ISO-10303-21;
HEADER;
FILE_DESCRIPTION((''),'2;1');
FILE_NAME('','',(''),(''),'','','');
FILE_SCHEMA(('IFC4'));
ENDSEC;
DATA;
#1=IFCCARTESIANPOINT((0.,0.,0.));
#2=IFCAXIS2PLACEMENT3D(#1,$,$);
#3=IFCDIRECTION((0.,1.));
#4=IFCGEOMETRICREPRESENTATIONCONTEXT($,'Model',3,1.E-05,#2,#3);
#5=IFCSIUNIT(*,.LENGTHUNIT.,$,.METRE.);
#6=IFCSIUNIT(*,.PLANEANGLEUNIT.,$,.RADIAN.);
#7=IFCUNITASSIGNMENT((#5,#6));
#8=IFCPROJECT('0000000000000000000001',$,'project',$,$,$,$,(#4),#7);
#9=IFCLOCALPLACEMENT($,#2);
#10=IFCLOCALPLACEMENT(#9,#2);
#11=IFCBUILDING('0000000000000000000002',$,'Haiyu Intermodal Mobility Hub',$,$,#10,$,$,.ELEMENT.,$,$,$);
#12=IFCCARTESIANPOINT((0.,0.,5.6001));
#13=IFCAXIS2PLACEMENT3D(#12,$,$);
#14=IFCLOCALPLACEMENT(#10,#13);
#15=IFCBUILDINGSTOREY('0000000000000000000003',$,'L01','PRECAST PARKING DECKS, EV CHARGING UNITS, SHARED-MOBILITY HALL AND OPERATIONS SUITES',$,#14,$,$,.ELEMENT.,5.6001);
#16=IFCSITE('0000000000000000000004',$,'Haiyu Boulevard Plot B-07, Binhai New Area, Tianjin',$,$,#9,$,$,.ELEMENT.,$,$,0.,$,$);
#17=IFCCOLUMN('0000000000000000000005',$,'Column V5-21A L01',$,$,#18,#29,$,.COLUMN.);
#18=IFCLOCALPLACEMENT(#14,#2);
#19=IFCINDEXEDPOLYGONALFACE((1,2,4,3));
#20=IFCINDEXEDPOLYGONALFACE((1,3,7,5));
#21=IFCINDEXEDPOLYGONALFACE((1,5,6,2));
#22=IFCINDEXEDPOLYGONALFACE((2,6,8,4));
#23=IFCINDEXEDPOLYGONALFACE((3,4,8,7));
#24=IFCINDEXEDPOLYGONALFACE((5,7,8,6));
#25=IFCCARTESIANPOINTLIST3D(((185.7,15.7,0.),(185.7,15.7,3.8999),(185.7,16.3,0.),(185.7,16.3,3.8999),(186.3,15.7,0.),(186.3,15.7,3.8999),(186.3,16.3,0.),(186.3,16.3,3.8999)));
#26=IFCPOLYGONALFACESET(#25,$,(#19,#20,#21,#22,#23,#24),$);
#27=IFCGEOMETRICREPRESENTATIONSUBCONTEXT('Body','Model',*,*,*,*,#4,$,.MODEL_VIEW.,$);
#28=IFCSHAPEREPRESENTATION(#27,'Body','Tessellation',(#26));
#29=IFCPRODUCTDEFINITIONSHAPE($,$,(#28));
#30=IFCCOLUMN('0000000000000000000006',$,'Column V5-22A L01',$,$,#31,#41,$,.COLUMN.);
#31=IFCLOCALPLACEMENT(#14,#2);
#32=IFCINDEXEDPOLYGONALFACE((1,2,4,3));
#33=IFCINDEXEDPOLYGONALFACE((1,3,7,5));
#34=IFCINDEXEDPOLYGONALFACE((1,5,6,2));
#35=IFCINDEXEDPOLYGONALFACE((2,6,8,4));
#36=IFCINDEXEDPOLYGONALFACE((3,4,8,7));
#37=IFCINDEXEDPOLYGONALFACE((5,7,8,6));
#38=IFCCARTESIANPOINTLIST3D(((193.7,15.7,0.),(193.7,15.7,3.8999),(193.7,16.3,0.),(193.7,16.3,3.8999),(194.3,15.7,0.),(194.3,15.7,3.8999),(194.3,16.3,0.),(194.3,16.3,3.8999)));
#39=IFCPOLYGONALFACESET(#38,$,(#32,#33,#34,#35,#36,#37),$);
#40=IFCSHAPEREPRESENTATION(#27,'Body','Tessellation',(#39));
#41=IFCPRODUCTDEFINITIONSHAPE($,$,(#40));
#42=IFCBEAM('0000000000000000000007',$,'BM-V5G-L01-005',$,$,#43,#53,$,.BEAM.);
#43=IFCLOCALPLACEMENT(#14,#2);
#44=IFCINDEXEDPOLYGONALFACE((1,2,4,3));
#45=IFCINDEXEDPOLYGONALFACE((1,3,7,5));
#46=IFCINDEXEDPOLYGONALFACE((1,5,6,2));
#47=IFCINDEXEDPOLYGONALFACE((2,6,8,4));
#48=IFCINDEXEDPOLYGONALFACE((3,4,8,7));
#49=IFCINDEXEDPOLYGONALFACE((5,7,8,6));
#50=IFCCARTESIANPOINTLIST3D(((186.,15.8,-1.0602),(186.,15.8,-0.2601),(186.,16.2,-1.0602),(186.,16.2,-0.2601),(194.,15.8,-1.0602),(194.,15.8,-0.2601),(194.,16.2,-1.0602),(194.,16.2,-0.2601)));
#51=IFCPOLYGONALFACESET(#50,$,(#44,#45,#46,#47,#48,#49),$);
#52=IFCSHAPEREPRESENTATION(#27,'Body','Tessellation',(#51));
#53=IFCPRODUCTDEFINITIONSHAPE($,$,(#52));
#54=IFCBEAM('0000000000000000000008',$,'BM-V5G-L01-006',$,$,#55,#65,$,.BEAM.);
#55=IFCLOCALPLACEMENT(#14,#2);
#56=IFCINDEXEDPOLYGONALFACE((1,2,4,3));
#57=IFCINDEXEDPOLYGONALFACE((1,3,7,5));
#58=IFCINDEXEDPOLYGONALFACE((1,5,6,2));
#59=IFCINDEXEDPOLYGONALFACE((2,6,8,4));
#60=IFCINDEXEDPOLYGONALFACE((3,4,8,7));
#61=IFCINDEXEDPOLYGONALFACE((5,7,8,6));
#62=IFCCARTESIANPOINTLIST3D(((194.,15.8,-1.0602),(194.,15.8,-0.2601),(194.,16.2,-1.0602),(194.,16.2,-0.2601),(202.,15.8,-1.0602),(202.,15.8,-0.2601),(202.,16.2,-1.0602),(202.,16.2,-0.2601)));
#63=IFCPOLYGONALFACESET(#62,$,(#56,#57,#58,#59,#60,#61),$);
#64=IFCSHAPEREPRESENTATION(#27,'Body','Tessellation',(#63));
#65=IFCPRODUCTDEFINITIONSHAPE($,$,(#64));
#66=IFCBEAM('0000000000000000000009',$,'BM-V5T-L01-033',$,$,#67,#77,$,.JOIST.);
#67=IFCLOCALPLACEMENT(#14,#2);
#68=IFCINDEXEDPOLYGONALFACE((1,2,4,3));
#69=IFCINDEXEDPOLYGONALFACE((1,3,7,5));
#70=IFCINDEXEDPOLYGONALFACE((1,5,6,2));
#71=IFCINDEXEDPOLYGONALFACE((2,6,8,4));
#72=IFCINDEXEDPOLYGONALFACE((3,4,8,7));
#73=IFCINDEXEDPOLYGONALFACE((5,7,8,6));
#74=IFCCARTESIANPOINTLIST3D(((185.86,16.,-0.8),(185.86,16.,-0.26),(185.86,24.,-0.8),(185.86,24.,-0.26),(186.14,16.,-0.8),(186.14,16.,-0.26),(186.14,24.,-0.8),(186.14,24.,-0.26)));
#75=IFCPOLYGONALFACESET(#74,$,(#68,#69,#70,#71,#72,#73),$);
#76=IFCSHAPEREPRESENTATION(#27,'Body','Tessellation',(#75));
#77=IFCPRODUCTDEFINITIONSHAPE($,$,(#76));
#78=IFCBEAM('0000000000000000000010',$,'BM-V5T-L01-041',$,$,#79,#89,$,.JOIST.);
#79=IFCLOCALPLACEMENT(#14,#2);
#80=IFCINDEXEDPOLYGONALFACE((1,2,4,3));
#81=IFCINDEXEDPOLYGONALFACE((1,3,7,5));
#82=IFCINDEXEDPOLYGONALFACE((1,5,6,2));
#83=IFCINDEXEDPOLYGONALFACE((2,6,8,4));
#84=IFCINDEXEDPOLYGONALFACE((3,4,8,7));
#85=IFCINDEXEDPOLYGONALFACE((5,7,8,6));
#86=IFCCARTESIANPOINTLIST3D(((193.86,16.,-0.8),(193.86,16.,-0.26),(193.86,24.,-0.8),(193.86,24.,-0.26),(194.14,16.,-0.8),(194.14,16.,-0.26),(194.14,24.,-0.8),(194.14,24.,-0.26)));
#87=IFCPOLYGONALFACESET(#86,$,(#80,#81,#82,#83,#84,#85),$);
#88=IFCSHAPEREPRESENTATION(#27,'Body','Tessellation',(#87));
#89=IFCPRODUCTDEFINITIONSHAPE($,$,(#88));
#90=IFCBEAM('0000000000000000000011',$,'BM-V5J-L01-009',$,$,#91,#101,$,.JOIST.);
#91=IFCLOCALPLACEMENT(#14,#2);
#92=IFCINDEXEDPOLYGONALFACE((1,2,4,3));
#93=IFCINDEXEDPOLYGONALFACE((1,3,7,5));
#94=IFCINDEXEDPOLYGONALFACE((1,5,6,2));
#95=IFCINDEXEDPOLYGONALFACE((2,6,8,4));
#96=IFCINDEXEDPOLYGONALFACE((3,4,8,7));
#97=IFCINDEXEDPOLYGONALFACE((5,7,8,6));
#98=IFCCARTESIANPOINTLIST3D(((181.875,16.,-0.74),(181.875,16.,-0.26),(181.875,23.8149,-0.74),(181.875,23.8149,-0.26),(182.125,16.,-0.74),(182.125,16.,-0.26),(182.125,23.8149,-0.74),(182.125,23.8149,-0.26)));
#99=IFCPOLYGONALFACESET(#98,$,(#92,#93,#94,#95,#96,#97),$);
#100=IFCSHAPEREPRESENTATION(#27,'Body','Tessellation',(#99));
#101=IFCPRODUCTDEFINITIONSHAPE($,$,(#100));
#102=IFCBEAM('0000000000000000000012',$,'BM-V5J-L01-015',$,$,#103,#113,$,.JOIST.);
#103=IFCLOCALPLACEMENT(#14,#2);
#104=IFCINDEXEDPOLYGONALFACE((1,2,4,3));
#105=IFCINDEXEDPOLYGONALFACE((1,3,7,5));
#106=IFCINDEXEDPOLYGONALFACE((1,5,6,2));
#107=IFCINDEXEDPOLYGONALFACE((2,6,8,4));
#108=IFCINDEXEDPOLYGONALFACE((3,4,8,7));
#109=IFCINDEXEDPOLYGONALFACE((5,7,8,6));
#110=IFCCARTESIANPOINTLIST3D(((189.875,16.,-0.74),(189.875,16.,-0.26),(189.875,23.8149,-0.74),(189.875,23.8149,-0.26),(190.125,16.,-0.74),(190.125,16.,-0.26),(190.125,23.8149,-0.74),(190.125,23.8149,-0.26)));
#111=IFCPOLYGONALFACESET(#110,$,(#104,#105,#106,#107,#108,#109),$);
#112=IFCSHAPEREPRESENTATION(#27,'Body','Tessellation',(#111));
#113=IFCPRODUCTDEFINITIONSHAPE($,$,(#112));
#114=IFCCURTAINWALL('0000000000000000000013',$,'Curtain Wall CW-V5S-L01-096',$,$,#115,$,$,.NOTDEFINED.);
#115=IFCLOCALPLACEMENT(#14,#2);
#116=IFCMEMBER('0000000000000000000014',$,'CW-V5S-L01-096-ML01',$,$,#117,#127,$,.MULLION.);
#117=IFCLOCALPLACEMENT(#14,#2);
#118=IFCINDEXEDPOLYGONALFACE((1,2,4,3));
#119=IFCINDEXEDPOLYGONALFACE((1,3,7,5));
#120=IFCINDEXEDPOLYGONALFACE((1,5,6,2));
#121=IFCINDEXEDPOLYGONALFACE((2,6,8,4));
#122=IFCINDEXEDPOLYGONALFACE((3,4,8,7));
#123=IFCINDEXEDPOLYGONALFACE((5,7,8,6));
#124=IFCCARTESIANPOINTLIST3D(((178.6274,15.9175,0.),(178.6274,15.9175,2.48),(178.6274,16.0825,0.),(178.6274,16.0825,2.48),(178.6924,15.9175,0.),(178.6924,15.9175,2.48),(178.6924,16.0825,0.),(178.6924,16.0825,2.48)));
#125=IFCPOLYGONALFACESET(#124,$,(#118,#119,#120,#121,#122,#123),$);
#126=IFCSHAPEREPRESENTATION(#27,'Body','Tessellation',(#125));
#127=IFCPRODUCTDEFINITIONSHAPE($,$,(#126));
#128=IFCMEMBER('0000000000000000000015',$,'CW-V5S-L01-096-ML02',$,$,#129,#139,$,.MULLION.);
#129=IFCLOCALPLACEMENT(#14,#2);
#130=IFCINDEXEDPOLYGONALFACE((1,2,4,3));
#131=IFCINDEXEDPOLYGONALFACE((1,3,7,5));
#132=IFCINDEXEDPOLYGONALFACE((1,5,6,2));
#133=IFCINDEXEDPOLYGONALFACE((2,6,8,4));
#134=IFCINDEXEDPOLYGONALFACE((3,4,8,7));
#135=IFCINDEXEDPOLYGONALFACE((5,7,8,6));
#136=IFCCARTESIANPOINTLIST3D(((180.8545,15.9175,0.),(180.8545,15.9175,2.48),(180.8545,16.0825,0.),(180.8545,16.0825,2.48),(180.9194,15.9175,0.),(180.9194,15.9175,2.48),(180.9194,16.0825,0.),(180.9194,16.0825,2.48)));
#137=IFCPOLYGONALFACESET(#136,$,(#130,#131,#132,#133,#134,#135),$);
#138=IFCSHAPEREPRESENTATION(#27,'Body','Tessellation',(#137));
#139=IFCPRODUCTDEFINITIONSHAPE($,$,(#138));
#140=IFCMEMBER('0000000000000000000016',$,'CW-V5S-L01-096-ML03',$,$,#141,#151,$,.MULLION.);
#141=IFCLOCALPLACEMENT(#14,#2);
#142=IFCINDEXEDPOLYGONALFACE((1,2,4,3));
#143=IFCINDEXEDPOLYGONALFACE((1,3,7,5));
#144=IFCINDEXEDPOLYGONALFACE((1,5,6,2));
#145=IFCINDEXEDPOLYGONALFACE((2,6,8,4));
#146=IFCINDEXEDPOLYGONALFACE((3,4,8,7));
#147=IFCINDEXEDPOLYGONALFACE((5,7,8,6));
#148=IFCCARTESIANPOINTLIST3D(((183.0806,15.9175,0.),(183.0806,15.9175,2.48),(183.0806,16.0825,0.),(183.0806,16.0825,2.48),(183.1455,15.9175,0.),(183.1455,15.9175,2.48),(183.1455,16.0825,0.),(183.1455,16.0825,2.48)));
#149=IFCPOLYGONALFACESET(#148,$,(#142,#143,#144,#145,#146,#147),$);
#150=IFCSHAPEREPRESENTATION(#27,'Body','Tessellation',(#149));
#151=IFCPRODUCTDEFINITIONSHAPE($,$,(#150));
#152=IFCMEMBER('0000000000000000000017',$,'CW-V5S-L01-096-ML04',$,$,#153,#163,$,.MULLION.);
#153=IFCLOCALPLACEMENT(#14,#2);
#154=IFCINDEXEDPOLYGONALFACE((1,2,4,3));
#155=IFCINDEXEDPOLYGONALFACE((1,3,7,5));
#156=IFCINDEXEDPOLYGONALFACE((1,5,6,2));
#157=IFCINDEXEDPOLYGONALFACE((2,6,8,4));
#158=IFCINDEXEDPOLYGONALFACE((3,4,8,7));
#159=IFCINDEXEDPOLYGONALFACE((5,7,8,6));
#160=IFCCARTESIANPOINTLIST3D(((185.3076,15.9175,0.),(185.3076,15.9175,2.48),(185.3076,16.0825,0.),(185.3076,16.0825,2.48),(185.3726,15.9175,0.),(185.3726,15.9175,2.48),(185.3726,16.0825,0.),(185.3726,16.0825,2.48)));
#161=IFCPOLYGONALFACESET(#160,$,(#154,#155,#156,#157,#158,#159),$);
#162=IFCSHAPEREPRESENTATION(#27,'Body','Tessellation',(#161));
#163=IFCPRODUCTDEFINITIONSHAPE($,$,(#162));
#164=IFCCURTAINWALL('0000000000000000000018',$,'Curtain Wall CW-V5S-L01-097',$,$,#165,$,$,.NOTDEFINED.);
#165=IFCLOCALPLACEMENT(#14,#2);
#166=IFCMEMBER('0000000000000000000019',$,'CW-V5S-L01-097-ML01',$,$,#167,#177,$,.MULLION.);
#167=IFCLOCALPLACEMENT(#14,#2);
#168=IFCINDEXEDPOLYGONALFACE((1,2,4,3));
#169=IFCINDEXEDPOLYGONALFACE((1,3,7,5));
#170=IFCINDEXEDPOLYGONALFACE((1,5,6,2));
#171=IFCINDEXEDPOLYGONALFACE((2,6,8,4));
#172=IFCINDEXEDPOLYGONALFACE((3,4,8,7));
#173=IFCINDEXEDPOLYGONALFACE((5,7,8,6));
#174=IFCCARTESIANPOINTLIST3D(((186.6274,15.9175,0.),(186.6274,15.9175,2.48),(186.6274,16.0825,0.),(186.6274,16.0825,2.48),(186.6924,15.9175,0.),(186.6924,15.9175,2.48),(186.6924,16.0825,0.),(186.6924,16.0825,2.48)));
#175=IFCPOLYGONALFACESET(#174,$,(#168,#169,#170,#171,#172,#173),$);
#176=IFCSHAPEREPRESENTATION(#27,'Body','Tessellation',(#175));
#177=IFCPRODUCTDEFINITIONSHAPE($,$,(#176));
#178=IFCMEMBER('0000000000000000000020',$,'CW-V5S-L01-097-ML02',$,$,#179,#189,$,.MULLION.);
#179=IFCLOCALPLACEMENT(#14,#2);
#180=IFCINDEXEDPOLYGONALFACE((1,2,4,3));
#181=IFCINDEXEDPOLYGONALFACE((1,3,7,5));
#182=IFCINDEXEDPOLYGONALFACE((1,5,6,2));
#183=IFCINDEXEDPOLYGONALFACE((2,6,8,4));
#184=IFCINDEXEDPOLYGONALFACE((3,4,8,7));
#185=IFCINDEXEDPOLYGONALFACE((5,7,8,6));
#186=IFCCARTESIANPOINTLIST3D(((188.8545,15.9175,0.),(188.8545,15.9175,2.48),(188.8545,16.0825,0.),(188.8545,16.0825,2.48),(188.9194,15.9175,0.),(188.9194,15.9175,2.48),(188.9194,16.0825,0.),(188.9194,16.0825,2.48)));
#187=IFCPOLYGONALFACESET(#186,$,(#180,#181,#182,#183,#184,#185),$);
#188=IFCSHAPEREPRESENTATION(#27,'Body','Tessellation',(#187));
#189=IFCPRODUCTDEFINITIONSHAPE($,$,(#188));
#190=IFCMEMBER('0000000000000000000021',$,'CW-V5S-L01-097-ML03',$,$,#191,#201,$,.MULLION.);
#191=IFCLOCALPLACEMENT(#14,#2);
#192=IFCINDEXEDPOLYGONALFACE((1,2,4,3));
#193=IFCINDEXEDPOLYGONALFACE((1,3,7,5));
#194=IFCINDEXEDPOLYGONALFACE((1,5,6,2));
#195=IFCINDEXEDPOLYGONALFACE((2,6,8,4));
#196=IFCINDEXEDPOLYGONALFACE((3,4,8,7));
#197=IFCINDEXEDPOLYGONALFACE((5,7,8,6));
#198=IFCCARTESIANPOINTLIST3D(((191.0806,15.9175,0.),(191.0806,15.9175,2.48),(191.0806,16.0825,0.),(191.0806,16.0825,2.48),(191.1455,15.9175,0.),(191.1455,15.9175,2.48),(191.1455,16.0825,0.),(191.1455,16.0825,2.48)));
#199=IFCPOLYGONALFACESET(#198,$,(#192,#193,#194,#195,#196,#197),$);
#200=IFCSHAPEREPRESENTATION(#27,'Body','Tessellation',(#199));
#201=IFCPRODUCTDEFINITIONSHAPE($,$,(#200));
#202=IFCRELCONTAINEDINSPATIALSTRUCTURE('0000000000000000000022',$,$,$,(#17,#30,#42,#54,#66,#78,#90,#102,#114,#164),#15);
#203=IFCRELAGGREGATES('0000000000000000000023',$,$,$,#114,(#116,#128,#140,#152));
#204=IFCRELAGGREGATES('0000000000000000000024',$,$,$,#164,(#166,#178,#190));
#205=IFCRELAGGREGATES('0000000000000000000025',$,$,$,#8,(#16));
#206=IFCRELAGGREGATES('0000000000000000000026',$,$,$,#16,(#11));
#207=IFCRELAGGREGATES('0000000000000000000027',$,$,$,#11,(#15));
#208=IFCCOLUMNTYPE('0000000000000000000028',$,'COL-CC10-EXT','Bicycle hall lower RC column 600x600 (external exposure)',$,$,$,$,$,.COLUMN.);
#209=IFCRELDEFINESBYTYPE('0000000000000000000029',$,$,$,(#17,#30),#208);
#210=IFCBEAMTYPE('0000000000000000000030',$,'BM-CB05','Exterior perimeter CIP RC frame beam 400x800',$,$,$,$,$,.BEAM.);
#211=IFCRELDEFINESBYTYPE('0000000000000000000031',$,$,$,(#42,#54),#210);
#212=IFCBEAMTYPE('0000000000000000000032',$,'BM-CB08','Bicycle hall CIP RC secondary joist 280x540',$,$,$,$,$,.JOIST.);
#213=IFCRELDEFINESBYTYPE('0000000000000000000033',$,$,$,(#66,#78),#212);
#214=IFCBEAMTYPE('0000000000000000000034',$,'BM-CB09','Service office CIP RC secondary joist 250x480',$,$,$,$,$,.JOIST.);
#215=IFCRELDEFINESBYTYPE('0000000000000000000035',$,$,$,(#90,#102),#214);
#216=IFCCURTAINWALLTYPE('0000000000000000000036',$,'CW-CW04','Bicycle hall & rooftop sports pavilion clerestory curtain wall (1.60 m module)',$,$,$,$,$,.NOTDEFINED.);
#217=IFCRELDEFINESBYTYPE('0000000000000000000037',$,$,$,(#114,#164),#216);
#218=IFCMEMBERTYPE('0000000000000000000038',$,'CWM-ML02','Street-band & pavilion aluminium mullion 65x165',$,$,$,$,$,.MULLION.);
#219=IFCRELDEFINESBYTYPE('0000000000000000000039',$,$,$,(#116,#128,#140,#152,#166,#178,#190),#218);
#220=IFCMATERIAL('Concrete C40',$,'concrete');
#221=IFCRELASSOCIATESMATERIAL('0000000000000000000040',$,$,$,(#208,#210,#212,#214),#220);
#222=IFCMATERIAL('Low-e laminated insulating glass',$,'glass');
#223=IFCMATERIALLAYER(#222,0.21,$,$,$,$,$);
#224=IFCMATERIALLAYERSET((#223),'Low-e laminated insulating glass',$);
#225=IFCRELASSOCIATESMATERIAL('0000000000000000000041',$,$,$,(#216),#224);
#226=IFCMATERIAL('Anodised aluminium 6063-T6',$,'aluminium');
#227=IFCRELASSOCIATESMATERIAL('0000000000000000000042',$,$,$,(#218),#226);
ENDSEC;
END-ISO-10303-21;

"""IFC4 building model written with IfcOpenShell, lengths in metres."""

from ifc_helpers import new_model, si_unit, direction, frame, origin, origin_2d, place, context, subcontext, project, spatial, rectangle, extrude, material, layer, layer_set, material_profile, profile_set, type_object, element, aggregate, save


model = new_model("IFC4")

# Units and contexts
model_context = context("Model", 3, precision=1e-05, world=origin(), true_north=direction((0.0, 1.0)))
body_context = subcontext(model_context, "Body", "Model", "MODEL_VIEW")
ifc_project = project(units=[si_unit("LENGTHUNIT", "METRE"), si_unit("PLANEANGLEUNIT", "RADIAN")], contexts=[model_context])

# Site, building, storey
site_placement = place(None, origin())
site = spatial("IfcSite", under=ifc_project, at=site_placement, Name="Haiyu Boulevard Plot B-07, Binhai New Area, Tianjin", CompositionType="ELEMENT", RefElevation=0.0)
building_placement = place(site_placement, origin())
building = spatial("IfcBuilding", under=site, at=building_placement, Name="Haiyu Intermodal Mobility Hub", CompositionType="ELEMENT")
storey_placement = place(building_placement, frame((0.0, 0.0, 5.6001)))
storey = spatial("IfcBuildingStorey", under=building, at=storey_placement, Name="L01", Description="PRECAST PARKING DECKS, EV CHARGING UNITS, SHARED-MOBILITY HALL AND OPERATIONS SUITES", CompositionType="ELEMENT", Elevation=5.6001)

# Columns
ifc_material_1 = material(Name="Concrete C40", Category="concrete")
ifc_material_profile_1 = material_profile(ifc_material_1, rectangle(XDim=0.6001, YDim=0.6001, at=origin_2d()), Name="RC600x600")
ifc_profile_set_1 = profile_set([ifc_material_profile_1], Name="Concrete C40")
column_type = type_object("IfcColumnType", Name="COL-CC10-EXT", Description="Bicycle hall lower RC column 600x600 (external exposure)", PredefinedType="COLUMN", material=ifc_profile_set_1)
for number, where, z_axis, x_axis, name in (
    (1, (186.0, 16.0, 0.0), (0.0, 0.0, 1.0), (1.0, 0.0, 0.0), "Column V5-21A L01"),
    (2, (194.0, 16.0, 0.0), (0.0, 0.0, 1.0), (1.0, 0.0, 0.0), "Column V5-22A L01"),
):
    element("IfcColumn", number, at=place(storey_placement, frame(where, z_axis=z_axis, x_axis=x_axis)), inside=storey, type_object=column_type, Name=name, PredefinedType="COLUMN", context=body_context, shape_type="SweptSolid", body=[
        extrude(rectangle(XDim=0.6001, YDim=0.6001, at=origin_2d()), origin(), (0.0, 0.0, 1.0), 3.8999),
    ])

# Beams
ifc_material_profile_2 = material_profile(ifc_material_1, rectangle(XDim=0.3999, YDim=0.8, at=origin_2d()), Name="RCB400x800")
ifc_profile_set_2 = profile_set([ifc_material_profile_2], Name="Concrete C40")
beam_type_1 = type_object("IfcBeamType", Name="BM-CB05", Description="Exterior perimeter CIP RC frame beam 400x800", PredefinedType="BEAM", material=ifc_profile_set_2)
for number, where, z_axis, x_axis, name in (
    (3, (186.0, 16.0, -0.6602), (1.0, 0.0, 0.0), (0.0, 1.0, 0.0), "BM-V5G-L01-005"),
    (4, (194.0, 16.0, -0.6602), (1.0, 0.0, 0.0), (0.0, 1.0, 0.0), "BM-V5G-L01-006"),
):
    element("IfcBeam", number, at=place(storey_placement, frame(where, z_axis=z_axis, x_axis=x_axis)), inside=storey, type_object=beam_type_1, Name=name, PredefinedType="BEAM", context=body_context, shape_type="SweptSolid", body=[
        extrude(rectangle(XDim=0.3999, YDim=0.8, at=origin_2d()), origin(), (0.0, 0.0, 1.0), 8.0),
    ])
ifc_material_profile_3 = material_profile(ifc_material_1, rectangle(XDim=0.28, YDim=0.54, at=origin_2d()), Name="RCB280x540")
ifc_profile_set_3 = profile_set([ifc_material_profile_3], Name="Concrete C40")
beam_type_2 = type_object("IfcBeamType", Name="BM-CB08", Description="Bicycle hall CIP RC secondary joist 280x540", PredefinedType="JOIST", material=ifc_profile_set_3)
for number, where, z_axis, x_axis, name in (
    (5, (186.0, 16.0, -0.53), (0.0, 1.0, 0.0), (-1.0, 0.0, 0.0), "BM-V5T-L01-033"),
    (6, (194.0, 16.0, -0.53), (0.0, 1.0, 0.0), (-1.0, 0.0, 0.0), "BM-V5T-L01-041"),
):
    element("IfcBeam", number, at=place(storey_placement, frame(where, z_axis=z_axis, x_axis=x_axis)), inside=storey, type_object=beam_type_2, Name=name, PredefinedType="JOIST", context=body_context, shape_type="SweptSolid", body=[
        extrude(rectangle(XDim=0.28, YDim=0.54, at=origin_2d()), origin(), (0.0, 0.0, 1.0), 8.0),
    ])
ifc_material_profile_4 = material_profile(ifc_material_1, rectangle(XDim=0.25, YDim=0.48, at=origin_2d()), Name="RCB250x480")
ifc_profile_set_4 = profile_set([ifc_material_profile_4], Name="Concrete C40")
beam_type_3 = type_object("IfcBeamType", Name="BM-CB09", Description="Service office CIP RC secondary joist 250x480", PredefinedType="JOIST", material=ifc_profile_set_4)
for number, where, z_axis, x_axis, name in (
    (7, (182.0, 16.0, -0.5), (0.0, 1.0, 0.0), (-1.0, 0.0, 0.0), "BM-V5J-L01-009"),
    (8, (190.0, 16.0, -0.5), (0.0, 1.0, 0.0), (-1.0, 0.0, 0.0), "BM-V5J-L01-015"),
):
    element("IfcBeam", number, at=place(storey_placement, frame(where, z_axis=z_axis, x_axis=x_axis)), inside=storey, type_object=beam_type_3, Name=name, PredefinedType="JOIST", context=body_context, shape_type="SweptSolid", body=[
        extrude(rectangle(XDim=0.25, YDim=0.48, at=origin_2d()), origin(), (0.0, 0.0, 1.0), 7.8149),
    ])

# Curtain walls, members
ifc_material_2 = material(Name="Low-e laminated insulating glass", Category="glass")
ifc_layer_1 = layer(ifc_material_2, 0.21)
ifc_layer_set_1 = layer_set([ifc_layer_1], Name="Low-e laminated insulating glass")
curtain_wall_type = type_object("IfcCurtainWallType", Name="CW-CW04", Description="Bicycle hall & rooftop sports pavilion clerestory curtain wall (1.60 m module)", PredefinedType="NOTDEFINED", material=ifc_layer_set_1)
curtain_wall_1_placement = place(storey_placement, origin())
curtain_wall_1 = element("IfcCurtainWall", 9, at=curtain_wall_1_placement, inside=storey, type_object=curtain_wall_type, Name="Curtain Wall CW-V5S-L01-096", PredefinedType="NOTDEFINED")
ifc_material_3 = material(Name="Anodised aluminium 6063-T6", Category="aluminium")
ifc_material_profile_5 = material_profile(ifc_material_3, rectangle(XDim=0.0649, YDim=0.165, at=origin_2d()), Name="ALU65x165")
ifc_profile_set_5 = profile_set([ifc_material_profile_5], Name="Anodised aluminium 6063-T6")
member_type_1 = type_object("IfcMemberType", Name="CWM-ML02", Description="Street-band & pavilion aluminium mullion 65x165", PredefinedType="MULLION", material=ifc_profile_set_5)
member_1_placement = place(storey_placement, frame((178.6599, 16.0, 0.0), z_axis=(0.0, 0.0, 1.0), x_axis=(1.0, 0.0, 0.0)))
member_1 = element("IfcMember", 10, at=member_1_placement, type_object=member_type_1, Name="CW-V5S-L01-096-ML01", PredefinedType="MULLION", context=body_context, shape_type="SweptSolid", body=[
    extrude(rectangle(XDim=0.0649, YDim=0.165, at=origin_2d()), origin(), (0.0, 0.0, 1.0), 2.48),
])
member_2_placement = place(storey_placement, frame((180.887, 16.0, 0.0), z_axis=(0.0, 0.0, 1.0), x_axis=(1.0, 0.0, 0.0)))
member_2 = element("IfcMember", 11, at=member_2_placement, type_object=member_type_1, Name="CW-V5S-L01-096-ML02", PredefinedType="MULLION", context=body_context, shape_type="SweptSolid", body=[
    extrude(rectangle(XDim=0.0649, YDim=0.165, at=origin_2d()), origin(), (0.0, 0.0, 1.0), 2.48),
])
member_3_placement = place(storey_placement, frame((183.113, 16.0, 0.0), z_axis=(0.0, 0.0, 1.0), x_axis=(1.0, 0.0, 0.0)))
member_3 = element("IfcMember", 12, at=member_3_placement, type_object=member_type_1, Name="CW-V5S-L01-096-ML03", PredefinedType="MULLION", context=body_context, shape_type="SweptSolid", body=[
    extrude(rectangle(XDim=0.0649, YDim=0.165, at=origin_2d()), origin(), (0.0, 0.0, 1.0), 2.48),
])
member_4_placement = place(storey_placement, frame((185.3401, 16.0, 0.0), z_axis=(0.0, 0.0, 1.0), x_axis=(1.0, 0.0, 0.0)))
member_4 = element("IfcMember", 13, at=member_4_placement, type_object=member_type_1, Name="CW-V5S-L01-096-ML04", PredefinedType="MULLION", context=body_context, shape_type="SweptSolid", body=[
    extrude(rectangle(XDim=0.0649, YDim=0.165, at=origin_2d()), origin(), (0.0, 0.0, 1.0), 2.48),
])
curtain_wall_2_placement = place(storey_placement, origin())
curtain_wall_2 = element("IfcCurtainWall", 14, at=curtain_wall_2_placement, inside=storey, type_object=curtain_wall_type, Name="Curtain Wall CW-V5S-L01-097", PredefinedType="NOTDEFINED")
member_5_placement = place(storey_placement, frame((186.6599, 16.0, 0.0), z_axis=(0.0, 0.0, 1.0), x_axis=(1.0, 0.0, 0.0)))
member_5 = element("IfcMember", 15, at=member_5_placement, type_object=member_type_1, Name="CW-V5S-L01-097-ML01", PredefinedType="MULLION", context=body_context, shape_type="SweptSolid", body=[
    extrude(rectangle(XDim=0.0649, YDim=0.165, at=origin_2d()), origin(), (0.0, 0.0, 1.0), 2.48),
])
member_6_placement = place(storey_placement, frame((188.887, 16.0, 0.0), z_axis=(0.0, 0.0, 1.0), x_axis=(1.0, 0.0, 0.0)))
member_6 = element("IfcMember", 16, at=member_6_placement, type_object=member_type_1, Name="CW-V5S-L01-097-ML02", PredefinedType="MULLION", context=body_context, shape_type="SweptSolid", body=[
    extrude(rectangle(XDim=0.0649, YDim=0.165, at=origin_2d()), origin(), (0.0, 0.0, 1.0), 2.48),
])
member_7_placement = place(storey_placement, frame((191.113, 16.0, 0.0), z_axis=(0.0, 0.0, 1.0), x_axis=(1.0, 0.0, 0.0)))
member_7 = element("IfcMember", 17, at=member_7_placement, type_object=member_type_1, Name="CW-V5S-L01-097-ML03", PredefinedType="MULLION", context=body_context, shape_type="SweptSolid", body=[
    extrude(rectangle(XDim=0.0649, YDim=0.165, at=origin_2d()), origin(), (0.0, 0.0, 1.0), 2.48),
])

aggregate(curtain_wall_1, [member_1, member_2, member_3, member_4])
aggregate(curtain_wall_2, [member_5, member_6, member_7])

save(model, "model.ifc")
